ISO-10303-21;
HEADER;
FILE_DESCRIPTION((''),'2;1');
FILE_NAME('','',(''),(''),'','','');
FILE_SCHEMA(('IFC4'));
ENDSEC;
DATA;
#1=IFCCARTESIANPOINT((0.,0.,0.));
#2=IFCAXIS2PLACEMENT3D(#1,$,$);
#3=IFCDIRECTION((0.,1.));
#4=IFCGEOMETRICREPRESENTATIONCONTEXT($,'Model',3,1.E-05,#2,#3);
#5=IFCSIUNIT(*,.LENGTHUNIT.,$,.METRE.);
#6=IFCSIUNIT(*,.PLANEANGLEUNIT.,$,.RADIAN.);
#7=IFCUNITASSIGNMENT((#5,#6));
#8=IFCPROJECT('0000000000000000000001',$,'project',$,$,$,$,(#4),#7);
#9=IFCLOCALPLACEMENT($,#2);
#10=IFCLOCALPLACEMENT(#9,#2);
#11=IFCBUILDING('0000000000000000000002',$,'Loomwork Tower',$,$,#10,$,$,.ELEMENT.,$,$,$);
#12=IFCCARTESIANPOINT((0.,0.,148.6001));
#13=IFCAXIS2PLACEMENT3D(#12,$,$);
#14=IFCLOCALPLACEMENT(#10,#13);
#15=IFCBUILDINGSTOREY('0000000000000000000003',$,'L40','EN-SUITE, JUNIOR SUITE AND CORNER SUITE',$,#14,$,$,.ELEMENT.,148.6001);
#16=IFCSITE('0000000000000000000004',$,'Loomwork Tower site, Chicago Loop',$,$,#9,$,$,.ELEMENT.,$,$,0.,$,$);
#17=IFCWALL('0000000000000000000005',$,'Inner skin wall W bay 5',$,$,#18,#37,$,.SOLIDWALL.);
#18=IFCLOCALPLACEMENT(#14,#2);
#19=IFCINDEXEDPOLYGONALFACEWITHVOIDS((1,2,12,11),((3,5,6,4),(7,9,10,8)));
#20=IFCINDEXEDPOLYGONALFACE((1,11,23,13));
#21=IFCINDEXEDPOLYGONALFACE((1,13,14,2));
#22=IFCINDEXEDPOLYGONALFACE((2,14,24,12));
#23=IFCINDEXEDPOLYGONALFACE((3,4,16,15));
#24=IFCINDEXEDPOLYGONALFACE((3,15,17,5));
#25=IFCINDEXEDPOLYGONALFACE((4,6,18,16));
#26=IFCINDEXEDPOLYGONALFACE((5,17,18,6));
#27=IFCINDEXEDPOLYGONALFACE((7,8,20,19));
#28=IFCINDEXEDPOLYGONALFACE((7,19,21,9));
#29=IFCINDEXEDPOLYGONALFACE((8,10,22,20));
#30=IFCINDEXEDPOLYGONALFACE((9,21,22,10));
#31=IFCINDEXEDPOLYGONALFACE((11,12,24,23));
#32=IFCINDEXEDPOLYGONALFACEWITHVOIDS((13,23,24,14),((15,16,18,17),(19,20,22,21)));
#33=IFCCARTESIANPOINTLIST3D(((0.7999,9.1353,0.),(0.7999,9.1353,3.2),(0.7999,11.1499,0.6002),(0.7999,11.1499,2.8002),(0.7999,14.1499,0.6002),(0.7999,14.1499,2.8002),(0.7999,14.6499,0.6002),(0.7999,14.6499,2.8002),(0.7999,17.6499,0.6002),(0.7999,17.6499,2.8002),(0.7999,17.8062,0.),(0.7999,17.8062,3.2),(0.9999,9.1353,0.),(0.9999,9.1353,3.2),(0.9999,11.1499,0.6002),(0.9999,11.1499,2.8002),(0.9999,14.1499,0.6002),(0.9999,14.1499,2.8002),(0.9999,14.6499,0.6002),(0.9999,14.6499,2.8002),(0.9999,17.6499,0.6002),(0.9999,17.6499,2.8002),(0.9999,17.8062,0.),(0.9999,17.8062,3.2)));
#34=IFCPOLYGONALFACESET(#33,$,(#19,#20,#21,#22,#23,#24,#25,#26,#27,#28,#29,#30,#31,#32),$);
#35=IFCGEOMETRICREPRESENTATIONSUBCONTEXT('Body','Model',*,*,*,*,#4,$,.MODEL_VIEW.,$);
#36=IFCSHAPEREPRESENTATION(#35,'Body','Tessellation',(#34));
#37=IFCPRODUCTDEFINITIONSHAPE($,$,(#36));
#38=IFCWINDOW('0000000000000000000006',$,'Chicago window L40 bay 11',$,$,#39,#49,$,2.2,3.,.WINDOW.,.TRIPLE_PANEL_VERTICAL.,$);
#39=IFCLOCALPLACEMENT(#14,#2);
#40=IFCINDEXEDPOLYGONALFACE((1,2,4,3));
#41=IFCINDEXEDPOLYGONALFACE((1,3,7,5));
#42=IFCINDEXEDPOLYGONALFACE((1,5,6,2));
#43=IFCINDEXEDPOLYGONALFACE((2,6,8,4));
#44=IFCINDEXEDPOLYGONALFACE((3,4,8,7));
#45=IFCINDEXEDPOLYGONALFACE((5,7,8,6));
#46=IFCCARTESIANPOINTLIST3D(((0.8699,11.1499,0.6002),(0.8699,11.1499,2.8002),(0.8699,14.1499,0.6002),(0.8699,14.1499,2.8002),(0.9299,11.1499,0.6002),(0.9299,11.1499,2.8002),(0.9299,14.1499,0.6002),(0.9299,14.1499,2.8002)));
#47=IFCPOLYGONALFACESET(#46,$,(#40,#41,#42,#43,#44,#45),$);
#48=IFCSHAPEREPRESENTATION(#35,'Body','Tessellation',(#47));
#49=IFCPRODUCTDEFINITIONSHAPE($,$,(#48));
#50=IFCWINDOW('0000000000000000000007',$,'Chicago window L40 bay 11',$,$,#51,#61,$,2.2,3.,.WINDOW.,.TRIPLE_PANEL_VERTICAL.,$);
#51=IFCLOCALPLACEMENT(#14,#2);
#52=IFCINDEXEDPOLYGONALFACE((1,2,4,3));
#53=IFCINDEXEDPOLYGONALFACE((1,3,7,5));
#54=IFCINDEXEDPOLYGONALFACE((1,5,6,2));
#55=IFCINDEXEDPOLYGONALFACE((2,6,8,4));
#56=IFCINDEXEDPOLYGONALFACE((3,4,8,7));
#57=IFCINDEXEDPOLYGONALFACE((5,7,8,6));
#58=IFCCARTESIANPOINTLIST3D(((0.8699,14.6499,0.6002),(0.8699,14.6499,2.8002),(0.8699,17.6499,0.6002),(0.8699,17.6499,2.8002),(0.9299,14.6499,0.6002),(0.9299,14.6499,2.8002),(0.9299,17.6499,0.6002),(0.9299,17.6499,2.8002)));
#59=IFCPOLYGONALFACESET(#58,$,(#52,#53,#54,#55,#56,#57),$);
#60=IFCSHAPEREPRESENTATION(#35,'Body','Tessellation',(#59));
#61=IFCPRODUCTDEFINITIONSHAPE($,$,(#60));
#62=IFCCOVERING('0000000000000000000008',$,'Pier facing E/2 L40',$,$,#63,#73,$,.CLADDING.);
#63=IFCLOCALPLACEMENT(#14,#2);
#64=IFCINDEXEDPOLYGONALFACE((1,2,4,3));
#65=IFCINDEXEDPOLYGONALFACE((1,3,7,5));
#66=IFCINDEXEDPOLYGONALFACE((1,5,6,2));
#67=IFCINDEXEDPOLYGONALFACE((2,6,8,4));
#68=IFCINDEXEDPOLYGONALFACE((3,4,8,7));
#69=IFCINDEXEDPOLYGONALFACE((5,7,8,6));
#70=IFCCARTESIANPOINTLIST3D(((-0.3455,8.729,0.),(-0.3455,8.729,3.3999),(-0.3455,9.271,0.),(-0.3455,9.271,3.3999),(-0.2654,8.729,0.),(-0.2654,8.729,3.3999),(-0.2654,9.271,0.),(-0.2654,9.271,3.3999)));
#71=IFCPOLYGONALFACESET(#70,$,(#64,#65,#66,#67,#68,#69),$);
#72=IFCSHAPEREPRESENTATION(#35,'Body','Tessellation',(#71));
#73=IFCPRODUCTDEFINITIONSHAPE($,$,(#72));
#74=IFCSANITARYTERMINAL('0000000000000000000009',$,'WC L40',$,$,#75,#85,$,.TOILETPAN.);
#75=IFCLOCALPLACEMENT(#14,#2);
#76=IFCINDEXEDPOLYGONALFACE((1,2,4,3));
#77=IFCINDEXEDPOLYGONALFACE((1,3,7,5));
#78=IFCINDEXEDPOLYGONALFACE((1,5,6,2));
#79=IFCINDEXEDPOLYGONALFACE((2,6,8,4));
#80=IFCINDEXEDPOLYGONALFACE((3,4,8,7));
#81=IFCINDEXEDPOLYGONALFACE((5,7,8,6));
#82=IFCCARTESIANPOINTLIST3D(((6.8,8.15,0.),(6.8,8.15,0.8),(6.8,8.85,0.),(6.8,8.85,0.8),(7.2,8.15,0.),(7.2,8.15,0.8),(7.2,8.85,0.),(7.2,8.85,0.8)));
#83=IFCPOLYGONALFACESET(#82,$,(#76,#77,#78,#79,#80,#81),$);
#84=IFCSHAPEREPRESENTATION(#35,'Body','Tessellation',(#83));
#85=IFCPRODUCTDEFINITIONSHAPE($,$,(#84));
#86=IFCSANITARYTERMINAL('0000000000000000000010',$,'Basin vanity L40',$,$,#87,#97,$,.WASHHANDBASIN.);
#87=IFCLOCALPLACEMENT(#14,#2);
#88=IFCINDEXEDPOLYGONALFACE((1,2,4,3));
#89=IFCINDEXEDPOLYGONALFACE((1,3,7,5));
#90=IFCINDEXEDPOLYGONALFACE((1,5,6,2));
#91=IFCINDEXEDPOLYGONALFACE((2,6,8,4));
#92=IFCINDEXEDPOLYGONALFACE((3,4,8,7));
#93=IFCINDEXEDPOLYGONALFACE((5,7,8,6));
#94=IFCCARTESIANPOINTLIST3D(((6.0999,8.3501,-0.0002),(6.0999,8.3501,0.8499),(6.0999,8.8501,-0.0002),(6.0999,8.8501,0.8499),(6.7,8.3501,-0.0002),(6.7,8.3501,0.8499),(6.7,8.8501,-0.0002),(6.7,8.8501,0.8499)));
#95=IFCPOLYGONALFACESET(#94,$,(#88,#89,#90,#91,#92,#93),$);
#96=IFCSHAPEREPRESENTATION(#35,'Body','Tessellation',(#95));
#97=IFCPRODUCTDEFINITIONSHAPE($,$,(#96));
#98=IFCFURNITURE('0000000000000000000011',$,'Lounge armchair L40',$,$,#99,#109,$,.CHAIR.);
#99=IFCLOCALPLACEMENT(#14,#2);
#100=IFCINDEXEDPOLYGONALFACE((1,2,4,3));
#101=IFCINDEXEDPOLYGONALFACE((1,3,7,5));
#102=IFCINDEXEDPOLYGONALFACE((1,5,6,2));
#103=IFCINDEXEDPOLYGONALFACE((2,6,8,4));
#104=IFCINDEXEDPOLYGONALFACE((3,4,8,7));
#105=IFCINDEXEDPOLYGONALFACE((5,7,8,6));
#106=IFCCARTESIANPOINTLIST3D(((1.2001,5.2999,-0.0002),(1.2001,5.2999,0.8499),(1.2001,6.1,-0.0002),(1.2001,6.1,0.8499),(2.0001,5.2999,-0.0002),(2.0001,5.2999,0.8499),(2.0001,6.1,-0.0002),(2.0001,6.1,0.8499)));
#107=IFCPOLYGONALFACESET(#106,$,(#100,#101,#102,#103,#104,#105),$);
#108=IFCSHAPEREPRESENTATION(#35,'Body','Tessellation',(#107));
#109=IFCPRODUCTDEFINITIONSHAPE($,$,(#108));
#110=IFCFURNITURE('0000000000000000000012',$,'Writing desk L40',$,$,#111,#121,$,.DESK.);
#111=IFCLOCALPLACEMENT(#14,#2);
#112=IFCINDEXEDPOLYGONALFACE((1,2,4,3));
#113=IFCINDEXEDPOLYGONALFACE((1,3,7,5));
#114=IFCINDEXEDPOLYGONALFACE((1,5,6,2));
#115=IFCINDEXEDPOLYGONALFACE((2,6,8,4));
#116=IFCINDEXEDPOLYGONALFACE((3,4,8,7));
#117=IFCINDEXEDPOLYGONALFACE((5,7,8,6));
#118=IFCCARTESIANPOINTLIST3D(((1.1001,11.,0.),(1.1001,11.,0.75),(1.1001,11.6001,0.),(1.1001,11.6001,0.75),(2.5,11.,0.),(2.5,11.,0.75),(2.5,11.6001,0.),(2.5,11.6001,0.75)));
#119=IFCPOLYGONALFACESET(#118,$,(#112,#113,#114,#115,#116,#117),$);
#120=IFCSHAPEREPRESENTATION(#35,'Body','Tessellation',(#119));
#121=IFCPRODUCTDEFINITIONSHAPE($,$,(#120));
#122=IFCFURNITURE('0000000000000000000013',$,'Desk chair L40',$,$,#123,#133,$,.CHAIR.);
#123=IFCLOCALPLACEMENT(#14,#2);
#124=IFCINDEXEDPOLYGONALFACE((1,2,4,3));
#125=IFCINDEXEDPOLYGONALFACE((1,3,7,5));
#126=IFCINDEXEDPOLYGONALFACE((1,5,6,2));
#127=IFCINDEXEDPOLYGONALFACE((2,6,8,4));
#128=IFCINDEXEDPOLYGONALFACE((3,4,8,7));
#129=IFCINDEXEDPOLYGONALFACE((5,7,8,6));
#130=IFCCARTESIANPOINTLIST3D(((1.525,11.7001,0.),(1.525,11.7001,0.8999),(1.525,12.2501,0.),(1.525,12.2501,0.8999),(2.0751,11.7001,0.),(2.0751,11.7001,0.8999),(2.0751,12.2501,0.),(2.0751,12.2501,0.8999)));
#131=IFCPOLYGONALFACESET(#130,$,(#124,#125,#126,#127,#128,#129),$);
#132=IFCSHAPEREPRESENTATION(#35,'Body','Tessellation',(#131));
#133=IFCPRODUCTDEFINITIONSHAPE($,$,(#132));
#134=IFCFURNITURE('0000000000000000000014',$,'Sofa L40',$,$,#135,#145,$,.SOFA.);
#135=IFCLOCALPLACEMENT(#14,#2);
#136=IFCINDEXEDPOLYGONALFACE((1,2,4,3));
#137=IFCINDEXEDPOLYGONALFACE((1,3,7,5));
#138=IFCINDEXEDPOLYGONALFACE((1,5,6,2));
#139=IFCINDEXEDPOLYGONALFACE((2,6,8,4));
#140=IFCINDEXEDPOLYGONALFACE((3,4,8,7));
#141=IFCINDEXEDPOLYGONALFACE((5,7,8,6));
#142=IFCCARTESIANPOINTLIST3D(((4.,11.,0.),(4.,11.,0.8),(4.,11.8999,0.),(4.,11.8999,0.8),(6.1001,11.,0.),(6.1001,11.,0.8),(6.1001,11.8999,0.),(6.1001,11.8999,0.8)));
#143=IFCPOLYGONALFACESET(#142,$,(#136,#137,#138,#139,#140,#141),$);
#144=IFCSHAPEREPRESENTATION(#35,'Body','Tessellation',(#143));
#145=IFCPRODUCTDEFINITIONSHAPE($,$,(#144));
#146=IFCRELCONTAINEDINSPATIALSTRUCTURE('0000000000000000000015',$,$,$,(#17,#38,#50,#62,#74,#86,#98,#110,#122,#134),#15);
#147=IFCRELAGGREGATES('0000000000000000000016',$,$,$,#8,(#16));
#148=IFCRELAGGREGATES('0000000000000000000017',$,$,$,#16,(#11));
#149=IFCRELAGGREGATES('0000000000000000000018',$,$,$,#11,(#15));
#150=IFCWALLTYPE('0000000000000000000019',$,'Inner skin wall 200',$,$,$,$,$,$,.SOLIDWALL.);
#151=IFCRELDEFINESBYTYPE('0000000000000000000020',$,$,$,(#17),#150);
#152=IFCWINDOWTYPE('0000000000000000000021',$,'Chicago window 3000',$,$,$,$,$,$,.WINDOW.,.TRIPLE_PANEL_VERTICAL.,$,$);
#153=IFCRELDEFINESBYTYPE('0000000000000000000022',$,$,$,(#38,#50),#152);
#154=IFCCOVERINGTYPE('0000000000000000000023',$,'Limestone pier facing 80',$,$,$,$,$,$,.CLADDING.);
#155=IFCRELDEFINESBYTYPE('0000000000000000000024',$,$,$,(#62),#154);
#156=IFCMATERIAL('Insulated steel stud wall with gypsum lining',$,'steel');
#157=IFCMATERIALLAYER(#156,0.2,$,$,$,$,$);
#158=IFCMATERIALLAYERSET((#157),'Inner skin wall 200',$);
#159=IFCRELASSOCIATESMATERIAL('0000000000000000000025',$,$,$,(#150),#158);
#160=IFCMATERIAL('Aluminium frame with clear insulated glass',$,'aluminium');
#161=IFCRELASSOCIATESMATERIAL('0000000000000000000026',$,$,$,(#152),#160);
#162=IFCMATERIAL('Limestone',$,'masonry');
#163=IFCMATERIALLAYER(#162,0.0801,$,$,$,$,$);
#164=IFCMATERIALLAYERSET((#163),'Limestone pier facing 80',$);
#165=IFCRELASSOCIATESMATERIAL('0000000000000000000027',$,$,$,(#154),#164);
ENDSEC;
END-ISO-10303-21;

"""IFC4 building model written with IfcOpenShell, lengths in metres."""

from ifc_helpers import new_model, si_unit, direction, frame, frame_2d, origin, origin_2d, place, context, subcontext, project, spatial, rectangle, extrude, material, layer, layer_set, type_object, element, fill, save


model = new_model("IFC4")

# Units and contexts
model_context = context("Model", 3, precision=1e-05, world=origin(), true_north=direction((0.0, 1.0)))
body_context = subcontext(model_context, "Body", "Model", "MODEL_VIEW")
ifc_project = project(units=[si_unit("LENGTHUNIT", "METRE"), si_unit("PLANEANGLEUNIT", "RADIAN")], contexts=[model_context])

# Site, building, storey
site_placement = place(None, origin())
site = spatial("IfcSite", under=ifc_project, at=site_placement, Name="Loomwork Tower site, Chicago Loop", CompositionType="ELEMENT", RefElevation=0.0)
building_placement = place(site_placement, origin())
building = spatial("IfcBuilding", under=site, at=building_placement, Name="Loomwork Tower", CompositionType="ELEMENT")
storey_placement = place(building_placement, frame((0.0, 0.0, 148.6001)))
storey = spatial("IfcBuildingStorey", under=building, at=storey_placement, Name="L40", Description="EN-SUITE, JUNIOR SUITE AND CORNER SUITE", CompositionType="ELEMENT", Elevation=148.6001)

# Shared definitions
ifc_material_1 = material(Name="Insulated steel stud wall with gypsum lining", Category="steel")
ifc_layer_1 = layer(ifc_material_1, 0.2)
ifc_layer_set_1 = layer_set([ifc_layer_1], Name="Inner skin wall 200")
wall_type_1 = type_object("IfcWallType", Name="Inner skin wall 200", PredefinedType="SOLIDWALL", material=ifc_layer_set_1)

# Wall, openings, windows
wall_1_placement = place(storey_placement, frame((0.8999, 9.1353, 0.0), z_axis=(0.0, 0.0, 1.0), x_axis=(0.0, 1.0, 0.0)))
wall_1 = element("IfcWall", 1, at=wall_1_placement, inside=storey, type_object=wall_type_1, Name="Inner skin wall W bay 5", PredefinedType="SOLIDWALL", context=body_context, shape_type="SweptSolid", body=[
    extrude(rectangle(XDim=8.6709, YDim=0.2, at=frame_2d((4.3354, 0.0))), origin(), (0.0, 0.0, 1.0), 3.2),
])
opening_1_placement = place(wall_1_placement, frame((2.0146, 0.0, 0.6001)))
opening_1 = element("IfcOpeningElement", 2, at=opening_1_placement, cuts=wall_1, PredefinedType="OPENING", context=body_context, shape_type="SweptSolid", body=[
    extrude(rectangle(XDim=3.0, YDim=2.2, at=frame_2d((1.5, 1.1001))), frame((0.0, 0.1099, 0.0), z_axis=(0.0, -1.0, 0.0), x_axis=(1.0, 0.0, 0.0)), (0.0, 0.0, 1.0), 0.22),
])
opening_2_placement = place(wall_1_placement, frame((5.5146, 0.0, 0.6001)))
opening_2 = element("IfcOpeningElement", 3, at=opening_2_placement, cuts=wall_1, PredefinedType="OPENING", context=body_context, shape_type="SweptSolid", body=[
    extrude(rectangle(XDim=3.0, YDim=2.2, at=frame_2d((1.5, 1.1001))), frame((0.0, 0.1099, 0.0), z_axis=(0.0, -1.0, 0.0), x_axis=(1.0, 0.0, 0.0)), (0.0, 0.0, 1.0), 0.22),
])
ifc_material_2 = material(Name="Aluminium frame with clear insulated glass", Category="aluminium")
window_type = type_object("IfcWindowType", Name="Chicago window 3000", PartitioningType="TRIPLE_PANEL_VERTICAL", PredefinedType="WINDOW", material=ifc_material_2)
window_1_placement = place(opening_1_placement, origin())
window_1 = element("IfcWindow", 4, at=window_1_placement, inside=storey, type_object=window_type, Name="Chicago window L40 bay 11", OverallHeight=2.2, OverallWidth=3.0, PartitioningType="TRIPLE_PANEL_VERTICAL", PredefinedType="WINDOW", context=body_context, shape_type="SweptSolid", body=[
    extrude(rectangle(XDim=3.0, YDim=2.2, at=frame_2d((1.5, 1.1001))), frame((0.0, 0.03, 0.0), z_axis=(0.0, -1.0, 0.0), x_axis=(1.0, 0.0, 0.0)), (0.0, 0.0, 1.0), 0.0601),
])
fill(opening_1, window_1)
window_2_placement = place(opening_2_placement, origin())
window_2 = element("IfcWindow", 5, at=window_2_placement, inside=storey, type_object=window_type, Name="Chicago window L40 bay 11", OverallHeight=2.2, OverallWidth=3.0, PartitioningType="TRIPLE_PANEL_VERTICAL", PredefinedType="WINDOW", context=body_context, shape_type="SweptSolid", body=[
    extrude(rectangle(XDim=3.0, YDim=2.2, at=frame_2d((1.5, 1.1001))), frame((0.0, 0.03, 0.0), z_axis=(0.0, -1.0, 0.0), x_axis=(1.0, 0.0, 0.0)), (0.0, 0.0, 1.0), 0.0601),
])
fill(opening_2, window_2)

# Covering
ifc_material_3 = material(Name="Limestone", Category="masonry")
ifc_layer_2 = layer(ifc_material_3, 0.0801)
ifc_layer_set_2 = layer_set([ifc_layer_2], Name="Limestone pier facing 80")
covering_type = type_object("IfcCoveringType", Name="Limestone pier facing 80", PredefinedType="CLADDING", material=ifc_layer_set_2)
covering_placement = place(storey_placement, frame((-0.3054, 9.0, 0.0), z_axis=(0.0, 0.0, 1.0), x_axis=(1.0, 0.0, 0.0)))
element("IfcCovering", 6, at=covering_placement, inside=storey, type_object=covering_type, Name="Pier facing E/2 L40", PredefinedType="CLADDING", context=body_context, shape_type="SweptSolid", body=[
    extrude(rectangle(XDim=0.0801, YDim=0.542, at=origin_2d()), origin(), (0.0, 0.0, 1.0), 3.3999),
])

# Sanitary terminals
sanitary_terminal_1_placement = place(storey_placement, frame((7.0, 8.5, 0.0), z_axis=(0.0, 0.0, 1.0), x_axis=(1.0, 0.0, 0.0)))
element("IfcSanitaryTerminal", 7, at=sanitary_terminal_1_placement, inside=storey, Name="WC L40", PredefinedType="TOILETPAN", context=body_context, shape_type="SweptSolid", body=[
    extrude(rectangle(XDim=0.3999, YDim=0.7, at=origin_2d()), origin(), (0.0, 0.0, 1.0), 0.8),
])
sanitary_terminal_2_placement = place(storey_placement, frame((6.3999, 8.6001, -0.0002), z_axis=(0.0, 0.0, 1.0), x_axis=(1.0, 0.0, 0.0)))
element("IfcSanitaryTerminal", 8, at=sanitary_terminal_2_placement, inside=storey, Name="Basin vanity L40", PredefinedType="WASHHANDBASIN", context=body_context, shape_type="SweptSolid", body=[
    extrude(rectangle(XDim=0.6001, YDim=0.5, at=origin_2d()), origin(), (0.0, 0.0, 1.0), 0.8501),
])

# Furniture
furniture_1_placement = place(storey_placement, frame((1.6001, 5.7, -0.0002), z_axis=(0.0, 0.0, 1.0), x_axis=(1.0, 0.0, 0.0)))
element("IfcFurniture", 9, at=furniture_1_placement, inside=storey, Name="Lounge armchair L40", PredefinedType="CHAIR", context=body_context, shape_type="SweptSolid", body=[
    extrude(rectangle(XDim=0.8, YDim=0.8, at=origin_2d()), origin(), (0.0, 0.0, 1.0), 0.8501),
])
furniture_2_placement = place(storey_placement, frame((1.8, 11.3, 0.0), z_axis=(0.0, 0.0, 1.0), x_axis=(1.0, 0.0, 0.0)))
element("IfcFurniture", 10, at=furniture_2_placement, inside=storey, Name="Writing desk L40", PredefinedType="DESK", context=body_context, shape_type="SweptSolid", body=[
    extrude(rectangle(XDim=1.3999, YDim=0.6001, at=origin_2d()), origin(), (0.0, 0.0, 1.0), 0.75),
])
furniture_3_placement = place(storey_placement, frame((1.8, 11.9751, 0.0), z_axis=(0.0, 0.0, 1.0), x_axis=(1.0, 0.0, 0.0)))
element("IfcFurniture", 11, at=furniture_3_placement, inside=storey, Name="Desk chair L40", PredefinedType="CHAIR", context=body_context, shape_type="SweptSolid", body=[
    extrude(rectangle(XDim=0.55, YDim=0.55, at=origin_2d()), origin(), (0.0, 0.0, 1.0), 0.8999),
])
furniture_4_placement = place(storey_placement, frame((5.05, 11.45, 0.0), z_axis=(0.0, 0.0, 1.0), x_axis=(1.0, 0.0, 0.0)))
element("IfcFurniture", 12, at=furniture_4_placement, inside=storey, Name="Sofa L40", PredefinedType="SOFA", context=body_context, shape_type="SweptSolid", body=[
    extrude(rectangle(XDim=2.1001, YDim=0.8999, at=origin_2d()), origin(), (0.0, 0.0, 1.0), 0.8),
])

save(model, "model.ifc")
